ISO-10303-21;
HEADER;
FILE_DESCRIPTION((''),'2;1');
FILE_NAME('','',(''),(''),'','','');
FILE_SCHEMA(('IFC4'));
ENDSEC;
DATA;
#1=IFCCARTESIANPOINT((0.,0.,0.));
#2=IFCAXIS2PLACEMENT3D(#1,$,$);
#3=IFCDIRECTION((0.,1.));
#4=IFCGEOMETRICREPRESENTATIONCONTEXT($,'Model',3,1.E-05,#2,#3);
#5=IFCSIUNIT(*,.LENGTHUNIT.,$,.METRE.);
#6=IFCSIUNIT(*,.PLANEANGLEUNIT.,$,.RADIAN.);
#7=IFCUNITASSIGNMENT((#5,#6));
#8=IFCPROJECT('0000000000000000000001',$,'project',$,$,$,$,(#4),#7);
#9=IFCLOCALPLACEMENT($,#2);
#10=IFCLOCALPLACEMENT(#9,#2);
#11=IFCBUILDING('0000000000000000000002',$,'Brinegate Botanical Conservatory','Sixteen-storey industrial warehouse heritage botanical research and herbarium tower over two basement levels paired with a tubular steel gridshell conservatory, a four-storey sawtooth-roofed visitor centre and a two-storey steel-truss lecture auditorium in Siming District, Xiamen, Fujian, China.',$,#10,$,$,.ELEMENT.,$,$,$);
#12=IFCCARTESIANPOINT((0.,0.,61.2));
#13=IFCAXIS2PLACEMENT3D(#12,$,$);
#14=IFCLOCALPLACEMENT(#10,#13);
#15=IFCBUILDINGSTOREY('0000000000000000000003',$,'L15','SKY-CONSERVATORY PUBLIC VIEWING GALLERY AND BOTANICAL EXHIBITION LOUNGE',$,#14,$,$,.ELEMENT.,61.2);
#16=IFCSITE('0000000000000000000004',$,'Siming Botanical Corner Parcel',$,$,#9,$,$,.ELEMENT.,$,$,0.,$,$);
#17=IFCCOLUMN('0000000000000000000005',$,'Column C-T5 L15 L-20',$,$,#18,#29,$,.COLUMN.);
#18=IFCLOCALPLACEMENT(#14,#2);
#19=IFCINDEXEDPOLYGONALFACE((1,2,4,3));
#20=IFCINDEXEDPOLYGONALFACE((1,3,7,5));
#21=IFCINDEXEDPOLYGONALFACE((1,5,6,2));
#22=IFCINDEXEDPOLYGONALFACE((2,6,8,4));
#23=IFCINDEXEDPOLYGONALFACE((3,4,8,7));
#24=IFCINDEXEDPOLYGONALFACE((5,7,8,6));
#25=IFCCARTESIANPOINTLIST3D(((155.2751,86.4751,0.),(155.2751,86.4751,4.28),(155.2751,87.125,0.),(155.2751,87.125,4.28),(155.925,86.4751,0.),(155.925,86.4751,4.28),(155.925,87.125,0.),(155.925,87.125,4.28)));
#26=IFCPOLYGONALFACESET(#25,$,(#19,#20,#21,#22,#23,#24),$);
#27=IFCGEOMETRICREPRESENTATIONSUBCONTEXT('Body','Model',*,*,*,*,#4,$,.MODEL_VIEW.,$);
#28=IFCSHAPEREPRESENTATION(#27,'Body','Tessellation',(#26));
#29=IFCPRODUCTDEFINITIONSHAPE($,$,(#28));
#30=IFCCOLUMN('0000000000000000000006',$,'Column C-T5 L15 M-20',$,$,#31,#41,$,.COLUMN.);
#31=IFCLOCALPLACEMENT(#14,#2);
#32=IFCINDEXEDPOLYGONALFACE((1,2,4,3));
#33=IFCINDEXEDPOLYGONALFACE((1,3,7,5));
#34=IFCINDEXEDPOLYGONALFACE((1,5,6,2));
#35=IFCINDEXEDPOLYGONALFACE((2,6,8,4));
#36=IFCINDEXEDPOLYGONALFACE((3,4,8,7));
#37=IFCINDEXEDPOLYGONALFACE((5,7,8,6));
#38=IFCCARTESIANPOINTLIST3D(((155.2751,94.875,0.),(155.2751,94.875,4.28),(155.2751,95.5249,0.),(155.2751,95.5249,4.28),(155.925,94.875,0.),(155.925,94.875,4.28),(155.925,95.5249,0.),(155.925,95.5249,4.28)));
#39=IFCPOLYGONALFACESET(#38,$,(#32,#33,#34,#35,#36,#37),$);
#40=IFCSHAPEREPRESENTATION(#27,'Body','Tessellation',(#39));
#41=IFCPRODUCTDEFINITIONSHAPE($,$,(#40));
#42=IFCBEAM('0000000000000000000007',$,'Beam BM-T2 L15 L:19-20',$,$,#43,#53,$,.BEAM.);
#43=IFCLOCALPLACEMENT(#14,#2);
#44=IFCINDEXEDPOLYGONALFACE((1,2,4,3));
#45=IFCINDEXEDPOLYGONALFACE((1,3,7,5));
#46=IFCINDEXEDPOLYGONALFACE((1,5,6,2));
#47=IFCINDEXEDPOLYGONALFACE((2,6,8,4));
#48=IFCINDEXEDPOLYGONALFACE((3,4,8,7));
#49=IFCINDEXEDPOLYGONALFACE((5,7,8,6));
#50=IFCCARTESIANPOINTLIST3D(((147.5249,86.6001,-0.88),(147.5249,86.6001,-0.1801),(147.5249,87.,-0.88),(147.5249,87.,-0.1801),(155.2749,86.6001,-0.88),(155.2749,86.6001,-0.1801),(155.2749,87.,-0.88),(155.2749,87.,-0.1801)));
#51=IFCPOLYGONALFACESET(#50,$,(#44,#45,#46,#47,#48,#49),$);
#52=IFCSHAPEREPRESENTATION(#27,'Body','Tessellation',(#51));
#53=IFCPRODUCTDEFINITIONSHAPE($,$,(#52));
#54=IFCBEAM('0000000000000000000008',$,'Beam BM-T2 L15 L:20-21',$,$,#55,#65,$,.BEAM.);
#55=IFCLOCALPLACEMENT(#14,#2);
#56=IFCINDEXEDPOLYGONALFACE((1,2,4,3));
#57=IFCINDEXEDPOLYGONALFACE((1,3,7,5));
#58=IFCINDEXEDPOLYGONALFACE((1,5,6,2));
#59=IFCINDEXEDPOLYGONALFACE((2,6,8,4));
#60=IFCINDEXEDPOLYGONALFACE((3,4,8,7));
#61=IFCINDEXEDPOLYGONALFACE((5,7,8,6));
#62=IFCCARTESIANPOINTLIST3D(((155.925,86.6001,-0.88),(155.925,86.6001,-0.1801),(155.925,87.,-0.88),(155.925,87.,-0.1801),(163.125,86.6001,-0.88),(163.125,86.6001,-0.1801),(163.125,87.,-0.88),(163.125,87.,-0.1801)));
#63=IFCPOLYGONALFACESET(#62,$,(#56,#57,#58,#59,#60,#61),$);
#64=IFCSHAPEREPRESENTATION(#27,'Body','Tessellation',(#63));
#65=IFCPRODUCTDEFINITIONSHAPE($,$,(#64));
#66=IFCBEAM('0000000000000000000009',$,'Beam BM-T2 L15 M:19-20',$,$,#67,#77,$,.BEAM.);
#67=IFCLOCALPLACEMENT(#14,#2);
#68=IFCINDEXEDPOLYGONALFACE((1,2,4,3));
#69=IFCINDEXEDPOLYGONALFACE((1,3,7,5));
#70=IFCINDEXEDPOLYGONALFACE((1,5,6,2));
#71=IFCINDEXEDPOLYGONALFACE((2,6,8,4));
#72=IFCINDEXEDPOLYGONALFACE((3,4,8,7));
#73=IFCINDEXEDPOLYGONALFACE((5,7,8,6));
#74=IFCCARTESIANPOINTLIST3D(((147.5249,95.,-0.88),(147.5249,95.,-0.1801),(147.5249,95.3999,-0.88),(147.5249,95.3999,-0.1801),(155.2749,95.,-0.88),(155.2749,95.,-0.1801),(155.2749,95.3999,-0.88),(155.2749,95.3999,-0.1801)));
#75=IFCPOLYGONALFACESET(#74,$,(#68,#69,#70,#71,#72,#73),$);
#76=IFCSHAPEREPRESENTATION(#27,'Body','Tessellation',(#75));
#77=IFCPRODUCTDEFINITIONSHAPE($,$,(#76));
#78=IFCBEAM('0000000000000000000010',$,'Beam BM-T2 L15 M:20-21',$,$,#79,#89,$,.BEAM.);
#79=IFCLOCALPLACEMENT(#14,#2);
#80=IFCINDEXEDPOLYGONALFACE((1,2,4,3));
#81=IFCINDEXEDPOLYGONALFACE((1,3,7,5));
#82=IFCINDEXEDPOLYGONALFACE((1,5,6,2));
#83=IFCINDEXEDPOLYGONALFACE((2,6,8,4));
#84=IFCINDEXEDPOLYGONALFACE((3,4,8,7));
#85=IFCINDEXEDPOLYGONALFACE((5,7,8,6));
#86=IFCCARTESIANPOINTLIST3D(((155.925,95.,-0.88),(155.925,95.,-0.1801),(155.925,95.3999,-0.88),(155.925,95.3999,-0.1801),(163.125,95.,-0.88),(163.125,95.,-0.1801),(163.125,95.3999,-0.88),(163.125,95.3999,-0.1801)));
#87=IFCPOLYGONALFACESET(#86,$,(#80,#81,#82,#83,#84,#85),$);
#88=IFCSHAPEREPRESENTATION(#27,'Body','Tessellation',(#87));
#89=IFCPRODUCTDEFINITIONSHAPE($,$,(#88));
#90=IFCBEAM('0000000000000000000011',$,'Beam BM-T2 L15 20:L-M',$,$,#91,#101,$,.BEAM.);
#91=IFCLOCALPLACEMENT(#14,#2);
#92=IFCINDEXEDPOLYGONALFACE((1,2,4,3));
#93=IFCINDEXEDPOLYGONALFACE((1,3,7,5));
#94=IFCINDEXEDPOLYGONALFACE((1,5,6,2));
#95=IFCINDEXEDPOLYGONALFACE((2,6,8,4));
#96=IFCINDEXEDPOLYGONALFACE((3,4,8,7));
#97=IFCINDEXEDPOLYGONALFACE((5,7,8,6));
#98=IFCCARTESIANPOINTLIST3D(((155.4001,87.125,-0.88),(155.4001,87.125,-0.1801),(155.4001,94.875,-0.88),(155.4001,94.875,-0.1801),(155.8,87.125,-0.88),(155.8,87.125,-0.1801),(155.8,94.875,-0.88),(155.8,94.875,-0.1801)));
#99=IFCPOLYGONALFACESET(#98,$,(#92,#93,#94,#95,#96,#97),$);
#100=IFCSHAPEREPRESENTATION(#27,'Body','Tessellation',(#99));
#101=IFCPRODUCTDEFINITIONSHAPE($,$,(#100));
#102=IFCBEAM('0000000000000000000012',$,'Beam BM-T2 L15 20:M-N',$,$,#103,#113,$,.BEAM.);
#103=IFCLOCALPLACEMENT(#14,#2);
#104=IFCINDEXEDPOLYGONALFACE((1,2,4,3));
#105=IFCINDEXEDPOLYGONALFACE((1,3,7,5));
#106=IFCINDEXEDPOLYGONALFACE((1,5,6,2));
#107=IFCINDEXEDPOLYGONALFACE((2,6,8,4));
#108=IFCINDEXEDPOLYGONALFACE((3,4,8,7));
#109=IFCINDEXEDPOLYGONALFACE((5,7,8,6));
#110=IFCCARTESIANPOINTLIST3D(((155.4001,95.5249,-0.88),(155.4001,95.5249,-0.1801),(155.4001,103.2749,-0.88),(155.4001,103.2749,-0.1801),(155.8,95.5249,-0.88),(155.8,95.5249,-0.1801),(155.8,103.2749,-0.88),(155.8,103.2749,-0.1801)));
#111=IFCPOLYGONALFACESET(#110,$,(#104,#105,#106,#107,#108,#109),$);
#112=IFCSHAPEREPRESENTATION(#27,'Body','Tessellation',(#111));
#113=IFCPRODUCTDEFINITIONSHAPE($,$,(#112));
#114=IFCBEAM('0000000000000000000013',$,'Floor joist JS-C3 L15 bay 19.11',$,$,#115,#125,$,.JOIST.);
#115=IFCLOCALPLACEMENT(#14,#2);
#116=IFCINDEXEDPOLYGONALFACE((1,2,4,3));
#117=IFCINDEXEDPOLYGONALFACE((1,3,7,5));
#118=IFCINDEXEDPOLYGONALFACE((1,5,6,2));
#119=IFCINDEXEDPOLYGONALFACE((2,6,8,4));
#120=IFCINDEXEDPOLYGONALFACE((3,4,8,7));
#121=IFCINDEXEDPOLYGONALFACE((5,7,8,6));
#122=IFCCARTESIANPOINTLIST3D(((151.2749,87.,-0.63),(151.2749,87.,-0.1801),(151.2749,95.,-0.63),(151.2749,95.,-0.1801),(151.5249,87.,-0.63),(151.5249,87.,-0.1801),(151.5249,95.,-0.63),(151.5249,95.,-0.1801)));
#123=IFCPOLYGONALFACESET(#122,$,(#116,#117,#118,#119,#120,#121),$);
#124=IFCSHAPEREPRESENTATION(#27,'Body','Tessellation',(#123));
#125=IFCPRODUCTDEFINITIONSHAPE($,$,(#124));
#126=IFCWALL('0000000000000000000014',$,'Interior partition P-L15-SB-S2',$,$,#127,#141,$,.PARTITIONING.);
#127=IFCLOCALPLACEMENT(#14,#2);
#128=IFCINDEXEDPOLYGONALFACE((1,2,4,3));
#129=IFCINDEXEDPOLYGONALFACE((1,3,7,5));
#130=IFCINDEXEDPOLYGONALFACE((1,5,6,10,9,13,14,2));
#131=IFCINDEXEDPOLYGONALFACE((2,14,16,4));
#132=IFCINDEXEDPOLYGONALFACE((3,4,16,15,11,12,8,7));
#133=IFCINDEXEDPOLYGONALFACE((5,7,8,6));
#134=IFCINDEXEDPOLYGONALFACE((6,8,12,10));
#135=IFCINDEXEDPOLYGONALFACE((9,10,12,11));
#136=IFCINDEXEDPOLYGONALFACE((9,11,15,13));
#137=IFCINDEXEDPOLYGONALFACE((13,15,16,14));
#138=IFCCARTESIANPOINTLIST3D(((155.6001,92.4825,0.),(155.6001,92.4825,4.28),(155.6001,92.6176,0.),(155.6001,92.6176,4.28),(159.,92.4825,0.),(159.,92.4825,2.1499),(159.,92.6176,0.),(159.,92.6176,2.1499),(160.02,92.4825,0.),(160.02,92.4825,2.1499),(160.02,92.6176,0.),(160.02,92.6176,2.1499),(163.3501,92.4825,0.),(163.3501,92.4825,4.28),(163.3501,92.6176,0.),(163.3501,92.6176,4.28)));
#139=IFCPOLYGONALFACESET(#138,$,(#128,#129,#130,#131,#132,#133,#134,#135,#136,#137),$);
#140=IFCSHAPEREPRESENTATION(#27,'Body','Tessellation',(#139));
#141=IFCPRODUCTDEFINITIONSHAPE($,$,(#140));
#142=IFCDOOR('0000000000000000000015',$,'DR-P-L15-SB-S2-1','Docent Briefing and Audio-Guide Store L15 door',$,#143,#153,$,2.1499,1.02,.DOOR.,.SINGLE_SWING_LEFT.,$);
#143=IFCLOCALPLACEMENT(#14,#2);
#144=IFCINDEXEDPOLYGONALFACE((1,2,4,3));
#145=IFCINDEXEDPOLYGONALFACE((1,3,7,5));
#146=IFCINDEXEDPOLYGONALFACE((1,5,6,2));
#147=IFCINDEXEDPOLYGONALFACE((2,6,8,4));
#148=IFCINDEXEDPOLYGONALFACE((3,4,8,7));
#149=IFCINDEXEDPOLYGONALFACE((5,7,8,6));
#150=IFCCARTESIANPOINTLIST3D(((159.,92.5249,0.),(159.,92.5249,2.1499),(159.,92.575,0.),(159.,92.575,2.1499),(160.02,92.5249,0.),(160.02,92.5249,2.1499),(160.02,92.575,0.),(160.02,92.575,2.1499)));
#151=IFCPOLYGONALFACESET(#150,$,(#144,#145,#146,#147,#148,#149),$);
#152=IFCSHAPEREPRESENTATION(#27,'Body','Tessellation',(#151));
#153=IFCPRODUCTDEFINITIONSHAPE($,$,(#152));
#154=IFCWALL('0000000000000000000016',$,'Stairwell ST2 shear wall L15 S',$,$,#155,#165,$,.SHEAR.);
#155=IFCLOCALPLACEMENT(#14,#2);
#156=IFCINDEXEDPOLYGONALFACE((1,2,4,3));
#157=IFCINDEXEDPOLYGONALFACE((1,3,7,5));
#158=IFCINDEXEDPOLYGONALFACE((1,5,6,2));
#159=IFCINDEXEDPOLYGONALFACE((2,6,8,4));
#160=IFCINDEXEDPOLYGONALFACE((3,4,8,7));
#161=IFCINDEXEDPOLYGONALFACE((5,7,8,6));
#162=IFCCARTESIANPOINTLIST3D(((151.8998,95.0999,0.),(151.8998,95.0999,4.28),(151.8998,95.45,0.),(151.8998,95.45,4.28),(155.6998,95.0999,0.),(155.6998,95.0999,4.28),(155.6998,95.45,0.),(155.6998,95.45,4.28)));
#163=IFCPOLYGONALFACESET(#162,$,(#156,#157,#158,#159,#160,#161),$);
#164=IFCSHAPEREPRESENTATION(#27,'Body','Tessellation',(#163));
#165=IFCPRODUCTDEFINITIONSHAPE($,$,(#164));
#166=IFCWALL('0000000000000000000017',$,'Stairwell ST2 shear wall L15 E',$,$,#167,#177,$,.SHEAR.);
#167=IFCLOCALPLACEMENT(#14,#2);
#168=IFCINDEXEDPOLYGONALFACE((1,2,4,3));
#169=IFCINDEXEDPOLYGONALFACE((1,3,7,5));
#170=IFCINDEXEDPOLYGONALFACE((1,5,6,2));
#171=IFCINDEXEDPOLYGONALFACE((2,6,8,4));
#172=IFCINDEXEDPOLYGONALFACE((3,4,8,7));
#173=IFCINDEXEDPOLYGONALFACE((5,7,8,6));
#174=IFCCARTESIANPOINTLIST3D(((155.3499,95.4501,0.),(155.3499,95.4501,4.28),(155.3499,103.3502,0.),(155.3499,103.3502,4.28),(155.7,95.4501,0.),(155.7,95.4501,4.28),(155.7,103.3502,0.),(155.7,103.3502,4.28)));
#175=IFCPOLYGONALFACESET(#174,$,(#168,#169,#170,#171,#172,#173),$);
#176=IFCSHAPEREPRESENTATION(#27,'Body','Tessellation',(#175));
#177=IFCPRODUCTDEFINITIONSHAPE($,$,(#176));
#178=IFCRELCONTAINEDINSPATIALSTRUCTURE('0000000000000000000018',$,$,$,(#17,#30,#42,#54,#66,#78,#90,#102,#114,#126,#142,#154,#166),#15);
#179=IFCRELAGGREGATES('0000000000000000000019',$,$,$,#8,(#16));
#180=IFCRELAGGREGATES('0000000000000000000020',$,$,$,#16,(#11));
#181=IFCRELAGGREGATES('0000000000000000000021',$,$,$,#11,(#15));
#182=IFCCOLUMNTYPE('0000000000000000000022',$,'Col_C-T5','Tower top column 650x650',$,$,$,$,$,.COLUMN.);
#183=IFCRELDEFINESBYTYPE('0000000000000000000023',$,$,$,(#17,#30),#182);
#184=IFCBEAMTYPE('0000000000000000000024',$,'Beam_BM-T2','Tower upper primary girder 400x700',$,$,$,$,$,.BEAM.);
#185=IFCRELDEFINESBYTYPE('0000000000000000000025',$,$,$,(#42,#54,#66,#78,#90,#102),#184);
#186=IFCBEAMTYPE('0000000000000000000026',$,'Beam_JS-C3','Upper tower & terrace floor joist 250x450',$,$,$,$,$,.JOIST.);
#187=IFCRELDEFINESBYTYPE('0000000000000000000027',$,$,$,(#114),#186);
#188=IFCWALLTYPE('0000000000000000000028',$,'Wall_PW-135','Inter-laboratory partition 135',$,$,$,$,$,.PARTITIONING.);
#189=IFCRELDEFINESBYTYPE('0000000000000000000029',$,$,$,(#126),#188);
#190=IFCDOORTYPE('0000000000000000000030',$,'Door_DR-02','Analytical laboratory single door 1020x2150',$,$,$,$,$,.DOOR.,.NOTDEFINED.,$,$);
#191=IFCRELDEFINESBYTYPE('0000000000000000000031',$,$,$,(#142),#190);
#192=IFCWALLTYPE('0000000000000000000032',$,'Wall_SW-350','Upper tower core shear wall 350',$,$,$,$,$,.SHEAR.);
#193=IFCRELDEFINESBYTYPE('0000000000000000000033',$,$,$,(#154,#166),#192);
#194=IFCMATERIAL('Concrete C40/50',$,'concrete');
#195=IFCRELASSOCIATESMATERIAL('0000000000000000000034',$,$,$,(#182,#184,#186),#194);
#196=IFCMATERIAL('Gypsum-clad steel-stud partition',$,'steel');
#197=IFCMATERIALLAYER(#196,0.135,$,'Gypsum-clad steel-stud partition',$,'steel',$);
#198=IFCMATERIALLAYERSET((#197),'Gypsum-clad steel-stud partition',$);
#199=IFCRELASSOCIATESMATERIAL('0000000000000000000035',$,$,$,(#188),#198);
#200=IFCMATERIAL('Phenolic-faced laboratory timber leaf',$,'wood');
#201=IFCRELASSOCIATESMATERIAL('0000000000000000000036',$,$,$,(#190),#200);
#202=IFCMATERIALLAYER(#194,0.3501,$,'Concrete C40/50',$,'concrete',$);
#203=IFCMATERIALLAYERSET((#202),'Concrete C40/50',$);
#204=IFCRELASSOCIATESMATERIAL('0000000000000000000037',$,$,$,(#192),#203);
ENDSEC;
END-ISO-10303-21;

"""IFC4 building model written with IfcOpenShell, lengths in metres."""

from ifc_helpers import new_model, si_unit, direction, frame, frame_2d, origin, origin_2d, place, context, subcontext, project, spatial, rectangle, extrude, material, layer, layer_set, material_profile, profile_set, type_object, element, fill, save


model = new_model("IFC4")

# Units and contexts
model_context = context("Model", 3, precision=1e-05, world=origin(), true_north=direction((0.0, 1.0)))
body_context = subcontext(model_context, "Body", "Model", "MODEL_VIEW")
ifc_project = project(units=[si_unit("LENGTHUNIT", "METRE"), si_unit("PLANEANGLEUNIT", "RADIAN")], contexts=[model_context])

# Site, building, storey
site_placement = place(None, origin())
site = spatial("IfcSite", under=ifc_project, at=site_placement, Name="Siming Botanical Corner Parcel", CompositionType="ELEMENT", RefElevation=0.0)
building_placement = place(site_placement, origin())
building = spatial("IfcBuilding", under=site, at=building_placement, Name="Brinegate Botanical Conservatory", Description="Sixteen-storey industrial warehouse heritage botanical research and herbarium tower over two basement levels paired with a tubular steel gridshell conservatory, a four-storey sawtooth-roofed visitor centre and a two-storey steel-truss lecture auditorium in Siming District, Xiamen, Fujian, China.", CompositionType="ELEMENT")
storey_placement = place(building_placement, frame((0.0, 0.0, 61.2)))
storey = spatial("IfcBuildingStorey", under=building, at=storey_placement, Name="L15", Description="SKY-CONSERVATORY PUBLIC VIEWING GALLERY AND BOTANICAL EXHIBITION LOUNGE", CompositionType="ELEMENT", Elevation=61.2)

# Columns
ifc_material_1 = material(Name="Concrete C40/50", Category="concrete")
ifc_material_profile_1 = material_profile(ifc_material_1, rectangle(XDim=0.6499, YDim=0.6499, at=origin_2d()), Name="RC COL 650x650")
ifc_profile_set_1 = profile_set([ifc_material_profile_1], Name="Concrete C40/50")
column_type = type_object("IfcColumnType", Name="Col_C-T5", Description="Tower top column 650x650", PredefinedType="COLUMN", material=ifc_profile_set_1)
for number, where, z_axis, x_axis, name in (
    (1, (155.6001, 86.8, 0.0), (0.0, 0.0, 1.0), (1.0, 0.0, 0.0), "Column C-T5 L15 L-20"),
    (2, (155.6001, 95.2, 0.0), (0.0, 0.0, 1.0), (1.0, 0.0, 0.0), "Column C-T5 L15 M-20"),
):
    element("IfcColumn", number, at=place(storey_placement, frame(where, z_axis=z_axis, x_axis=x_axis)), inside=storey, type_object=column_type, Name=name, PredefinedType="COLUMN", context=body_context, shape_type="SweptSolid", body=[
        extrude(rectangle(XDim=0.6499, YDim=0.6499, at=origin_2d()), origin(), (0.0, 0.0, 1.0), 4.28),
    ])

# Beams
ifc_material_profile_2 = material_profile(ifc_material_1, rectangle(XDim=0.3999, YDim=0.7, at=origin_2d()), Name="RC BM 400x700")
ifc_profile_set_2 = profile_set([ifc_material_profile_2], Name="Concrete C40/50")
beam_type_1 = type_object("IfcBeamType", Name="Beam_BM-T2", Description="Tower upper primary girder 400x700", PredefinedType="BEAM", material=ifc_profile_set_2)
beam_1_placement = place(storey_placement, frame((147.5249, 86.8, -0.53), z_axis=(1.0, 0.0, 0.0), x_axis=(0.0, 1.0, 0.0)))
element("IfcBeam", 3, at=beam_1_placement, inside=storey, type_object=beam_type_1, Name="Beam BM-T2 L15 L:19-20", PredefinedType="BEAM", context=body_context, shape_type="SweptSolid", body=[
    extrude(rectangle(XDim=0.3999, YDim=0.7, at=origin_2d()), origin(), (0.0, 0.0, 1.0), 7.75),
])
beam_2_placement = place(storey_placement, frame((155.925, 86.8, -0.53), z_axis=(1.0, 0.0, 0.0), x_axis=(0.0, 1.0, 0.0)))
element("IfcBeam", 4, at=beam_2_placement, inside=storey, type_object=beam_type_1, Name="Beam BM-T2 L15 L:20-21", PredefinedType="BEAM", context=body_context, shape_type="SweptSolid", body=[
    extrude(rectangle(XDim=0.3999, YDim=0.7, at=origin_2d()), origin(), (0.0, 0.0, 1.0), 7.2),
])
beam_3_placement = place(storey_placement, frame((147.5249, 95.2, -0.53), z_axis=(1.0, 0.0, 0.0), x_axis=(0.0, 1.0, 0.0)))
element("IfcBeam", 5, at=beam_3_placement, inside=storey, type_object=beam_type_1, Name="Beam BM-T2 L15 M:19-20", PredefinedType="BEAM", context=body_context, shape_type="SweptSolid", body=[
    extrude(rectangle(XDim=0.3999, YDim=0.7, at=origin_2d()), origin(), (0.0, 0.0, 1.0), 7.75),
])
beam_4_placement = place(storey_placement, frame((155.925, 95.2, -0.53), z_axis=(1.0, 0.0, 0.0), x_axis=(0.0, 1.0, 0.0)))
element("IfcBeam", 6, at=beam_4_placement, inside=storey, type_object=beam_type_1, Name="Beam BM-T2 L15 M:20-21", PredefinedType="BEAM", context=body_context, shape_type="SweptSolid", body=[
    extrude(rectangle(XDim=0.3999, YDim=0.7, at=origin_2d()), origin(), (0.0, 0.0, 1.0), 7.2),
])
for number, where, z_axis, x_axis, name in (
    (7, (155.6001, 87.125, -0.53), (0.0, 1.0, 0.0), (-1.0, 0.0, 0.0), "Beam BM-T2 L15 20:L-M"),
    (8, (155.6001, 95.5249, -0.53), (0.0, 1.0, 0.0), (-1.0, 0.0, 0.0), "Beam BM-T2 L15 20:M-N"),
):
    element("IfcBeam", number, at=place(storey_placement, frame(where, z_axis=z_axis, x_axis=x_axis)), inside=storey, type_object=beam_type_1, Name=name, PredefinedType="BEAM", context=body_context, shape_type="SweptSolid", body=[
        extrude(rectangle(XDim=0.3999, YDim=0.7, at=origin_2d()), origin(), (0.0, 0.0, 1.0), 7.75),
    ])
ifc_material_profile_3 = material_profile(ifc_material_1, rectangle(XDim=0.25, YDim=0.45, at=origin_2d()), Name="RC JST 250x450")
ifc_profile_set_3 = profile_set([ifc_material_profile_3], Name="Concrete C40/50")
beam_type_2 = type_object("IfcBeamType", Name="Beam_JS-C3", Description="Upper tower & terrace floor joist 250x450", PredefinedType="JOIST", material=ifc_profile_set_3)
beam_5_placement = place(storey_placement, frame((151.3999, 87.0, -0.405), z_axis=(0.0, 1.0, 0.0), x_axis=(-1.0, 0.0, 0.0)))
element("IfcBeam", 9, at=beam_5_placement, inside=storey, type_object=beam_type_2, Name="Floor joist JS-C3 L15 bay 19.11", PredefinedType="JOIST", context=body_context, shape_type="SweptSolid", body=[
    extrude(rectangle(XDim=0.25, YDim=0.45, at=origin_2d()), origin(), (0.0, 0.0, 1.0), 8.0),
])

# Wall, opening, door
ifc_material_2 = material(Name="Gypsum-clad steel-stud partition", Category="steel")
ifc_layer_1 = layer(ifc_material_2, 0.135, Name="Gypsum-clad steel-stud partition", Category="steel")
ifc_layer_set_1 = layer_set([ifc_layer_1], Name="Gypsum-clad steel-stud partition")
wall_type_1 = type_object("IfcWallType", Name="Wall_PW-135", Description="Inter-laboratory partition 135", PredefinedType="PARTITIONING", material=ifc_layer_set_1)
wall_1_placement = place(storey_placement, frame((155.6001, 92.55, 0.0), z_axis=(0.0, 0.0, 1.0), x_axis=(1.0, 0.0, 0.0)))
wall_1 = element("IfcWall", 10, at=wall_1_placement, inside=storey, type_object=wall_type_1, Name="Interior partition P-L15-SB-S2", PredefinedType="PARTITIONING", context=body_context, shape_type="SweptSolid", body=[
    extrude(rectangle(XDim=7.75, YDim=0.135, at=frame_2d((3.875, 0.0))), origin(), (0.0, 0.0, 1.0), 4.28),
])
opening_1_placement = place(wall_1_placement, frame((3.3999, 0.0, 0.0)))
opening_1 = element("IfcOpeningElement", 11, at=opening_1_placement, cuts=wall_1, PredefinedType="OPENING", context=body_context, shape_type="SweptSolid", body=[
    extrude(rectangle(XDim=1.02, YDim=2.1499, at=frame_2d((0.51, 1.075))), frame((0.0, 0.0774, 0.0), z_axis=(0.0, -1.0, 0.0), x_axis=(1.0, 0.0, 0.0)), (0.0, 0.0, 1.0), 0.155),
])
ifc_material_3 = material(Name="Phenolic-faced laboratory timber leaf", Category="wood")
door_type_1 = type_object("IfcDoorType", Name="Door_DR-02", Description="Analytical laboratory single door 1020x2150", OperationType="NOTDEFINED", PredefinedType="DOOR", material=ifc_material_3)
door_1_placement = place(opening_1_placement, origin())
door_1 = element("IfcDoor", 12, at=door_1_placement, inside=storey, type_object=door_type_1, Name="DR-P-L15-SB-S2-1", Description="Docent Briefing and Audio-Guide Store L15 door", OperationType="SINGLE_SWING_LEFT", OverallHeight=2.1499, OverallWidth=1.02, PredefinedType="DOOR", context=body_context, shape_type="SweptSolid", body=[
    extrude(rectangle(XDim=1.02, YDim=2.1499, at=frame_2d((0.51, 1.075))), frame((0.0, 0.0249, 0.0), z_axis=(0.0, -1.0, 0.0), x_axis=(1.0, 0.0, 0.0)), (0.0, 0.0, 1.0), 0.05),
])
fill(opening_1, door_1)

# Wall
ifc_layer_2 = layer(ifc_material_1, 0.3501, Name="Concrete C40/50", Category="concrete")
ifc_layer_set_2 = layer_set([ifc_layer_2], Name="Concrete C40/50")
wall_type_2 = type_object("IfcWallType", Name="Wall_SW-350", Description="Upper tower core shear wall 350", PredefinedType="SHEAR", material=ifc_layer_set_2)
wall_2_placement = place(storey_placement, frame((151.8999, 95.2749, 0.0), z_axis=(0.0, 0.0, 1.0), x_axis=(1.0, 0.0, 0.0)))
element("IfcWall", 13, at=wall_2_placement, inside=storey, type_object=wall_type_2, Name="Stairwell ST2 shear wall L15 S", PredefinedType="SHEAR", context=body_context, shape_type="SweptSolid", body=[
    extrude(rectangle(XDim=3.8, YDim=0.3501, at=frame_2d((1.8999, 0.0))), origin(), (0.0, 0.0, 1.0), 4.28),
])

# Wall
wall_3_placement = place(storey_placement, frame((155.5249, 95.45, 0.0), z_axis=(0.0, 0.0, 1.0), x_axis=(0.0, 1.0, 0.0)))
element("IfcWall", 14, at=wall_3_placement, inside=storey, type_object=wall_type_2, Name="Stairwell ST2 shear wall L15 E", PredefinedType="SHEAR", context=body_context, shape_type="SweptSolid", body=[
    extrude(rectangle(XDim=7.9001, YDim=0.3501, at=frame_2d((3.9502, 0.0))), origin(), (0.0, 0.0, 1.0), 4.28),
])

save(model, "model.ifc")
